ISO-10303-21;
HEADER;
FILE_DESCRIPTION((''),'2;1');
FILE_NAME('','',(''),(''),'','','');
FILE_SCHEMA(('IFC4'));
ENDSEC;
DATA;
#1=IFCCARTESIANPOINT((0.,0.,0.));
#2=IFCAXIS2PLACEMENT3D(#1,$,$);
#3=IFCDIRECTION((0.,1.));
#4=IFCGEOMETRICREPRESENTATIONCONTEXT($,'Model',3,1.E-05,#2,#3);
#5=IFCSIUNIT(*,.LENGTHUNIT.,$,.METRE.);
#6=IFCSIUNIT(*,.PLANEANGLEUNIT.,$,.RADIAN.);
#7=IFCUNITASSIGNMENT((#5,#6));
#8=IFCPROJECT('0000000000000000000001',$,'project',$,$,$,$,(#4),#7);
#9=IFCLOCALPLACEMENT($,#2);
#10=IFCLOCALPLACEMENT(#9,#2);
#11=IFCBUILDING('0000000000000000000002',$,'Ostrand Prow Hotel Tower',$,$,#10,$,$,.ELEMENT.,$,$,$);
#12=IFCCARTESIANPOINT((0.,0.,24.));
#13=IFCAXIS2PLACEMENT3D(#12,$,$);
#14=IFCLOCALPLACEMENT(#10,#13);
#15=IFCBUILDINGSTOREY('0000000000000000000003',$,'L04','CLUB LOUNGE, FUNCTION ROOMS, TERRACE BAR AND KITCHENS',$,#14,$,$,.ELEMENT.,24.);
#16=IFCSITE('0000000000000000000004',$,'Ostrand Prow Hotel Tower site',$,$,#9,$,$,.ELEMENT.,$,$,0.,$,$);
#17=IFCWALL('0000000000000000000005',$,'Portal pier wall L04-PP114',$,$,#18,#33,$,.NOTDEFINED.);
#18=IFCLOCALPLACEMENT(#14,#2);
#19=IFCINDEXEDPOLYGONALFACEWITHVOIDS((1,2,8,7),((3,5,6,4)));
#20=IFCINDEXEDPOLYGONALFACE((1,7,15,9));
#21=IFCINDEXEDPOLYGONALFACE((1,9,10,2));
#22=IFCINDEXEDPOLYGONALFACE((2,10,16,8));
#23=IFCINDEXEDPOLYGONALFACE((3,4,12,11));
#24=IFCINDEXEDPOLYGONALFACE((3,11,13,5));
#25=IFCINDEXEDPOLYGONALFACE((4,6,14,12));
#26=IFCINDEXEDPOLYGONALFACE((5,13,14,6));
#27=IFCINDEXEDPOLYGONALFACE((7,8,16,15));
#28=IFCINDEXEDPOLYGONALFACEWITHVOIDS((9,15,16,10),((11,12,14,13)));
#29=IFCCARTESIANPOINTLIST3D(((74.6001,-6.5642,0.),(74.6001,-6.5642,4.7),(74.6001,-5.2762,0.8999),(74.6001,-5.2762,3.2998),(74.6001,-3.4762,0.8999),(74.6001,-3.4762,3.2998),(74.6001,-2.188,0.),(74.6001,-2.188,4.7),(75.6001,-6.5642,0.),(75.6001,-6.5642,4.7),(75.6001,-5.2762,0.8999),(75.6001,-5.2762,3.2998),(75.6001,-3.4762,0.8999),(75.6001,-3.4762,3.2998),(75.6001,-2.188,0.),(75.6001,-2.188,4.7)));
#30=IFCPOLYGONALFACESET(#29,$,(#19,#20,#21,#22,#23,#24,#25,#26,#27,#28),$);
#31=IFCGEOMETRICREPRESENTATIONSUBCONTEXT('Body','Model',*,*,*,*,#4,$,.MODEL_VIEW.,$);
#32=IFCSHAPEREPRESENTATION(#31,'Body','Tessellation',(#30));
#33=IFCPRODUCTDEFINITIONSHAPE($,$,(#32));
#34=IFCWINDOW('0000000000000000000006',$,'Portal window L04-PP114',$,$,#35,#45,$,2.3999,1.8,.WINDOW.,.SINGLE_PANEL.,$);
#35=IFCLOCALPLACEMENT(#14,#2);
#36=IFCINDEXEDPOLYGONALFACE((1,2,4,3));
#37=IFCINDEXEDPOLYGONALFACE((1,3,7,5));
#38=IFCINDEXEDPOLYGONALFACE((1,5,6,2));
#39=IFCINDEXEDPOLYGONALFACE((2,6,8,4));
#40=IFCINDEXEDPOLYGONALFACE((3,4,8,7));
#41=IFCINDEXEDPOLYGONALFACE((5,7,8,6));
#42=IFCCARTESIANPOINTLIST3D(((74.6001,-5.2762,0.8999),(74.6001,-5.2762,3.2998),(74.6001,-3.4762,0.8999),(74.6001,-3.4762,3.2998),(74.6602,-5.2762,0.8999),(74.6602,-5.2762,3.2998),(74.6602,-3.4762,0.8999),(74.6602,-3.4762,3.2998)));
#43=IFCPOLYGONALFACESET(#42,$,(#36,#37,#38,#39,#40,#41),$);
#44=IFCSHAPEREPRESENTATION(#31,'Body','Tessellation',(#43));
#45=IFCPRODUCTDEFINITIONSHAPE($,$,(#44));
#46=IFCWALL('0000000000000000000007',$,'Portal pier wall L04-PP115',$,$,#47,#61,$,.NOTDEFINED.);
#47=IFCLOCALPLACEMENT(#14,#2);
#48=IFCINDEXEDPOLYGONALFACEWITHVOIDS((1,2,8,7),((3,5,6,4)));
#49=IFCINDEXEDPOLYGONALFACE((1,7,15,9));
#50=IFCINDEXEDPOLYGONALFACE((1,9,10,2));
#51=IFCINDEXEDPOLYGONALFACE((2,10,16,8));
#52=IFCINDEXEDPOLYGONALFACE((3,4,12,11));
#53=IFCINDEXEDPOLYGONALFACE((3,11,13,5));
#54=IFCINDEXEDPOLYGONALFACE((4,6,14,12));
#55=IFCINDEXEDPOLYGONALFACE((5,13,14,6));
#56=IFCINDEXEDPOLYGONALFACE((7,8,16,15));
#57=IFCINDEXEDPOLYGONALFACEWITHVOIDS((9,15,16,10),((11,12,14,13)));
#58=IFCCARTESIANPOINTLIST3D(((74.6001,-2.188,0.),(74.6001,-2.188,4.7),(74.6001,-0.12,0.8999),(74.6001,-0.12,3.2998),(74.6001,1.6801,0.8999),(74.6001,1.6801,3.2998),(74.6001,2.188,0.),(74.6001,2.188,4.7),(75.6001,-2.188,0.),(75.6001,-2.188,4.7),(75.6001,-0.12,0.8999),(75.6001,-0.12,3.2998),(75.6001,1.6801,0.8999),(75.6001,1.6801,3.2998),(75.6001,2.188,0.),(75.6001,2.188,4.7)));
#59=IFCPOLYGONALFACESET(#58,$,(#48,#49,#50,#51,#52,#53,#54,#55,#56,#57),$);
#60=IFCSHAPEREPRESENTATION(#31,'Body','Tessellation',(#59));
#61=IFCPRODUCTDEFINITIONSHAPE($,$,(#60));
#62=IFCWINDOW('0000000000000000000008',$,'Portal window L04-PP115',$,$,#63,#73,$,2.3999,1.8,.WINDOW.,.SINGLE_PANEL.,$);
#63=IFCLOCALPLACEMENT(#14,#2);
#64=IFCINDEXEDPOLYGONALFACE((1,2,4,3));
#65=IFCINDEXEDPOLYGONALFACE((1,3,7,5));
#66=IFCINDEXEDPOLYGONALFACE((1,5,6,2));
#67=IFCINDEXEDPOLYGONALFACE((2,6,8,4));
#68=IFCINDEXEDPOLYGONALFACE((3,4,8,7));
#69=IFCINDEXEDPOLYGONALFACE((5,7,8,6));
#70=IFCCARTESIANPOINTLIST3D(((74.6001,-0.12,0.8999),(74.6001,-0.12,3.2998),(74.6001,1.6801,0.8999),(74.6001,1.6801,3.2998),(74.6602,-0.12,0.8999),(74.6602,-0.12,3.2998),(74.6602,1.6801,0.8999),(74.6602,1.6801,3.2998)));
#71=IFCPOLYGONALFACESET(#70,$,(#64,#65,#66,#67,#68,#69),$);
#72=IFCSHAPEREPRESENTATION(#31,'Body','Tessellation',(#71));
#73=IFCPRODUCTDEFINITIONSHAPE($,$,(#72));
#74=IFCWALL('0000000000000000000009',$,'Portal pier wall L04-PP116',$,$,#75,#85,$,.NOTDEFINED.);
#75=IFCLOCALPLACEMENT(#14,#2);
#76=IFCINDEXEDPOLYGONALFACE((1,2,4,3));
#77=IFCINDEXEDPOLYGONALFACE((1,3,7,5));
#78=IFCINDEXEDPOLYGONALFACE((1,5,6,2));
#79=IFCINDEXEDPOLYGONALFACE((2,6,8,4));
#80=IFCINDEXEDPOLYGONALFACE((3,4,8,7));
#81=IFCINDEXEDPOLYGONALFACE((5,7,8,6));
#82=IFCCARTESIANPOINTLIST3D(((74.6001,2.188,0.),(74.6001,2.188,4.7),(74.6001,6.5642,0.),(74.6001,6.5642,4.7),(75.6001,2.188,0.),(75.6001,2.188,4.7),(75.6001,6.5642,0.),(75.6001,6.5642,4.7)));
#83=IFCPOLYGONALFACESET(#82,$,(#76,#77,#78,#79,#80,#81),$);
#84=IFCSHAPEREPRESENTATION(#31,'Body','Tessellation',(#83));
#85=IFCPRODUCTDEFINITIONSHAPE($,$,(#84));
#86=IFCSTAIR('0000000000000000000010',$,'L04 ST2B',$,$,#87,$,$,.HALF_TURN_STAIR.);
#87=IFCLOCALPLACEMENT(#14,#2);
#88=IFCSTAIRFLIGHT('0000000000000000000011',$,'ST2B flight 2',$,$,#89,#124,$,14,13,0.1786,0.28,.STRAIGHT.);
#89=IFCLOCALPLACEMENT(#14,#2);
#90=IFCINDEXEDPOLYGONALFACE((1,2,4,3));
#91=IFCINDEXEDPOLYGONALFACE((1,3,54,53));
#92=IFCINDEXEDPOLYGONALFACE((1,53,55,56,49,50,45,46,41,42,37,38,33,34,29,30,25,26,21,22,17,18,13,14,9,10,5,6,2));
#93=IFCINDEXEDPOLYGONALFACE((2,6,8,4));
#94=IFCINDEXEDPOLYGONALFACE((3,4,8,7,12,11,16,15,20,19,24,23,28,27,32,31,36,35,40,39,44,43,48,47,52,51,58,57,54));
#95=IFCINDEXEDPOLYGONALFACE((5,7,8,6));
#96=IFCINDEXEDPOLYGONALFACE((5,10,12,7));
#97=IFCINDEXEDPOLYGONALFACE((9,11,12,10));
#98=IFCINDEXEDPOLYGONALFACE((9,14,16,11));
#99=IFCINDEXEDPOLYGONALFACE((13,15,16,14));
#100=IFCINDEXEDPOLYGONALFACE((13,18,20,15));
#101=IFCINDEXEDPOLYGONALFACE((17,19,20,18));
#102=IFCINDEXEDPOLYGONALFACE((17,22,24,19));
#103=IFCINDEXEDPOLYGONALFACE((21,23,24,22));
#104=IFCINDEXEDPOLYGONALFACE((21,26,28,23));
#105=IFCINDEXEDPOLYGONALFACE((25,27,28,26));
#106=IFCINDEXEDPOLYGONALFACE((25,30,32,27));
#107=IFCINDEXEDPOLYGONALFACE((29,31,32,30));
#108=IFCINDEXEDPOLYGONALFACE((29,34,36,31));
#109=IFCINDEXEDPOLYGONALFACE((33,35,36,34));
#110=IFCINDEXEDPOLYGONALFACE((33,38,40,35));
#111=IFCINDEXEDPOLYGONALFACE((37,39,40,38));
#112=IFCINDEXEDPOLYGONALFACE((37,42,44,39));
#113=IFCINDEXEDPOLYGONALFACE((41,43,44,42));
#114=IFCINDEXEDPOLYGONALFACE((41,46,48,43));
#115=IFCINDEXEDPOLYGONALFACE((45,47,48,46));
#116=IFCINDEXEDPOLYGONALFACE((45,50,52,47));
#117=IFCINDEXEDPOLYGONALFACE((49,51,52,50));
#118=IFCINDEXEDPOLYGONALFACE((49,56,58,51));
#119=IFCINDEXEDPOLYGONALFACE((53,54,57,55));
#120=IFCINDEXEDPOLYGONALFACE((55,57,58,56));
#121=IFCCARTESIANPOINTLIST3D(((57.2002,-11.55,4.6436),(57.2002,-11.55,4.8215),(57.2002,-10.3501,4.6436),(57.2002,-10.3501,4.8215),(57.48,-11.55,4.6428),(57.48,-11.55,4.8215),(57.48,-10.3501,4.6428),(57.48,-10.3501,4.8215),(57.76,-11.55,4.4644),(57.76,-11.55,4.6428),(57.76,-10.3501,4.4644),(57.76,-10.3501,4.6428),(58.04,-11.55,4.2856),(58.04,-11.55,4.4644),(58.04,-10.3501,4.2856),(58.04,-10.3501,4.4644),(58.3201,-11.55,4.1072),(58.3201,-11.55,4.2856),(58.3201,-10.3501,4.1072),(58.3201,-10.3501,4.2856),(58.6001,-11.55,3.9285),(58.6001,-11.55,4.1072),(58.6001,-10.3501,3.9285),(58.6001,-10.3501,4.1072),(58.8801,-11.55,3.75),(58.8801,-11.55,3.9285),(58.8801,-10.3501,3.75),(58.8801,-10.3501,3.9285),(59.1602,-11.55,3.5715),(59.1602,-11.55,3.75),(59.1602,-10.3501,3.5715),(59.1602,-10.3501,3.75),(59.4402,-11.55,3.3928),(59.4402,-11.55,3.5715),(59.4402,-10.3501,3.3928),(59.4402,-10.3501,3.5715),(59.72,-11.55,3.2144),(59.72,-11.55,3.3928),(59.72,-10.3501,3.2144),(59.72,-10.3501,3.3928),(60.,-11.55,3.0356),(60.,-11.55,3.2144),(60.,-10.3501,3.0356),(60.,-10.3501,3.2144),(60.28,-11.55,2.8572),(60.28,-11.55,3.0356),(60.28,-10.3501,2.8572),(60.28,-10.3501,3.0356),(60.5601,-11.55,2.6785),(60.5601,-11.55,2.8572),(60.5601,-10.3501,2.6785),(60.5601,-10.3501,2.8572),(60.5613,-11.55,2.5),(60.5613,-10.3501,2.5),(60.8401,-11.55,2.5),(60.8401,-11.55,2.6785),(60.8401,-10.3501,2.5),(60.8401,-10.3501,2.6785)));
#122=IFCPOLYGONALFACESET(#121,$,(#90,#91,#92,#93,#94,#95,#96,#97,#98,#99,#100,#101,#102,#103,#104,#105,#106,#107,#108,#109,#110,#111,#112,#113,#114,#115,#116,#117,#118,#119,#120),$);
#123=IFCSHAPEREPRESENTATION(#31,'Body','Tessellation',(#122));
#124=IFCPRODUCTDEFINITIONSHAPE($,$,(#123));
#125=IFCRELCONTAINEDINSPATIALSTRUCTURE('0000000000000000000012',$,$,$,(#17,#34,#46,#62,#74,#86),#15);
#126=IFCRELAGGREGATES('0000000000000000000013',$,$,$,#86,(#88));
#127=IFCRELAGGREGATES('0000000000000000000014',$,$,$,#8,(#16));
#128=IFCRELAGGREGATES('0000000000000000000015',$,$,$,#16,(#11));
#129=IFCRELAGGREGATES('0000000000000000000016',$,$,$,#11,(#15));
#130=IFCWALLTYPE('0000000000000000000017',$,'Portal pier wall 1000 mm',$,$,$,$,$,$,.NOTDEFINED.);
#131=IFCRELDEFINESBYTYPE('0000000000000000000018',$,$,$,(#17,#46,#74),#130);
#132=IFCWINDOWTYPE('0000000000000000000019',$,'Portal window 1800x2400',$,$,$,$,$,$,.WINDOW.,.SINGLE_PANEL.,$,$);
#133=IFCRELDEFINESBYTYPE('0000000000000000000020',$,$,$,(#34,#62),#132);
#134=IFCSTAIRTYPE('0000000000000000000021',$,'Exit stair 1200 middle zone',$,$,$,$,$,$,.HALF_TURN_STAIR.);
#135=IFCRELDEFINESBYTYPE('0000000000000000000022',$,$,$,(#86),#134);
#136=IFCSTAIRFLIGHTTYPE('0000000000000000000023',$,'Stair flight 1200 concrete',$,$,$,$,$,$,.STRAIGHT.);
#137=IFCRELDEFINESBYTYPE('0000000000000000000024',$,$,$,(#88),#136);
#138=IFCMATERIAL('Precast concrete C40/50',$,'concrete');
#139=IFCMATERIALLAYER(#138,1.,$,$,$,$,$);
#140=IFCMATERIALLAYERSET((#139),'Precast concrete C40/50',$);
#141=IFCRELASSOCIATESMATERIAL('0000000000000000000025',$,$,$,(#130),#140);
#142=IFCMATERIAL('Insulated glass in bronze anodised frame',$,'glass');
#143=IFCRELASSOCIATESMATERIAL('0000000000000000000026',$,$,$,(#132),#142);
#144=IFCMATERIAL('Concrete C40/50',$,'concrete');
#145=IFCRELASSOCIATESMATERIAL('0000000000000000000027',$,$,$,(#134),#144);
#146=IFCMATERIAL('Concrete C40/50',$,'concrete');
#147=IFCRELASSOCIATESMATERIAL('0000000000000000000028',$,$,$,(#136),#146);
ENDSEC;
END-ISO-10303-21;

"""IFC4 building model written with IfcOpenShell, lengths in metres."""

from ifc_helpers import new_model, si_unit, direction, frame, frame_2d, origin, place, context, subcontext, project, spatial, polyline, rectangle, outline, extrude, material, layer, layer_set, type_object, element, fill, aggregate, save


model = new_model("IFC4")

# Units and contexts
model_context = context("Model", 3, precision=1e-05, world=origin(), true_north=direction((0.0, 1.0)))
body_context = subcontext(model_context, "Body", "Model", "MODEL_VIEW")
ifc_project = project(units=[si_unit("LENGTHUNIT", "METRE"), si_unit("PLANEANGLEUNIT", "RADIAN")], contexts=[model_context])

# Site, building, storey
site_placement = place(None, origin())
site = spatial("IfcSite", under=ifc_project, at=site_placement, Name="Ostrand Prow Hotel Tower site", CompositionType="ELEMENT", RefElevation=0.0)
building_placement = place(site_placement, origin())
building = spatial("IfcBuilding", under=site, at=building_placement, Name="Ostrand Prow Hotel Tower", CompositionType="ELEMENT")
storey_placement = place(building_placement, frame((0.0, 0.0, 24.0)))
storey = spatial("IfcBuildingStorey", under=building, at=storey_placement, Name="L04", Description="CLUB LOUNGE, FUNCTION ROOMS, TERRACE BAR AND KITCHENS", CompositionType="ELEMENT", Elevation=24.0)

# Walls, openings, windows
ifc_material_1 = material(Name="Precast concrete C40/50", Category="concrete")
ifc_layer_1 = layer(ifc_material_1, 1.0)
ifc_layer_set_1 = layer_set([ifc_layer_1], Name="Precast concrete C40/50")
wall_type_1 = type_object("IfcWallType", Name="Portal pier wall 1000 mm", PredefinedType="NOTDEFINED", material=ifc_layer_set_1)
ifc_material_2 = material(Name="Insulated glass in bronze anodised frame", Category="glass")
window_type = type_object("IfcWindowType", Name="Portal window 1800x2400", PartitioningType="SINGLE_PANEL", PredefinedType="WINDOW", material=ifc_material_2)
wall_1_placement = place(storey_placement, frame((75.1001, -6.5642, 0.0), z_axis=(0.0, 0.0, 1.0), x_axis=(0.0, 1.0, 0.0)))
wall_1 = element("IfcWall", 1, at=wall_1_placement, inside=storey, type_object=wall_type_1, Name="Portal pier wall L04-PP114", PredefinedType="NOTDEFINED", context=body_context, shape_type="SweptSolid", body=[
    extrude(outline(polyline([(0.0, -0.5), (4.3762, -0.5), (4.3762, 0.5), (0.0, 0.5), (0.0, -0.5)])), origin(), (0.0, 0.0, 1.0), 4.7),
])
opening_1_placement = place(wall_1_placement, frame((1.2881, 0.0, 0.8999)))
opening_1 = element("IfcOpeningElement", 2, at=opening_1_placement, cuts=wall_1, PredefinedType="OPENING", context=body_context, shape_type="SweptSolid", body=[
    extrude(rectangle(XDim=1.8, YDim=2.3999, at=frame_2d((0.8999, 1.2))), frame((0.0, 0.51, 0.0), z_axis=(0.0, -1.0, 0.0), x_axis=(1.0, 0.0, 0.0)), (0.0, 0.0, 1.0), 1.02),
])
window_1_placement = place(opening_1_placement, origin())
window_1 = element("IfcWindow", 3, at=window_1_placement, inside=storey, type_object=window_type, Name="Portal window L04-PP114", OverallHeight=2.3999, OverallWidth=1.8, PartitioningType="SINGLE_PANEL", PredefinedType="WINDOW", context=body_context, shape_type="SweptSolid", body=[
    extrude(rectangle(XDim=1.8, YDim=2.3999, at=frame_2d((0.8999, 1.2))), frame((0.0, 0.5, 0.0), z_axis=(0.0, -1.0, 0.0), x_axis=(1.0, 0.0, 0.0)), (0.0, 0.0, 1.0), 0.0601),
])
fill(opening_1, window_1)
wall_2_placement = place(storey_placement, frame((75.1001, -2.188, 0.0), z_axis=(0.0, 0.0, 1.0), x_axis=(0.0, 1.0, 0.0)))
wall_2 = element("IfcWall", 4, at=wall_2_placement, inside=storey, type_object=wall_type_1, Name="Portal pier wall L04-PP115", PredefinedType="NOTDEFINED", context=body_context, shape_type="SweptSolid", body=[
    extrude(outline(polyline([(0.0, -0.5), (4.376, -0.5), (4.376, 0.5), (0.0, 0.5), (0.0, -0.5)])), origin(), (0.0, 0.0, 1.0), 4.7),
])
opening_2_placement = place(wall_2_placement, frame((2.0681, 0.0, 0.8999)))
opening_2 = element("IfcOpeningElement", 5, at=opening_2_placement, cuts=wall_2, PredefinedType="OPENING", context=body_context, shape_type="SweptSolid", body=[
    extrude(rectangle(XDim=1.8, YDim=2.3999, at=frame_2d((0.8999, 1.2))), frame((0.0, 0.51, 0.0), z_axis=(0.0, -1.0, 0.0), x_axis=(1.0, 0.0, 0.0)), (0.0, 0.0, 1.0), 1.02),
])
window_2_placement = place(opening_2_placement, origin())
window_2 = element("IfcWindow", 6, at=window_2_placement, inside=storey, type_object=window_type, Name="Portal window L04-PP115", OverallHeight=2.3999, OverallWidth=1.8, PartitioningType="SINGLE_PANEL", PredefinedType="WINDOW", context=body_context, shape_type="SweptSolid", body=[
    extrude(rectangle(XDim=1.8, YDim=2.3999, at=frame_2d((0.8999, 1.2))), frame((0.0, 0.5, 0.0), z_axis=(0.0, -1.0, 0.0), x_axis=(1.0, 0.0, 0.0)), (0.0, 0.0, 1.0), 0.0601),
])
fill(opening_2, window_2)

# Wall
wall_3_placement = place(storey_placement, frame((75.1001, 2.188, 0.0), z_axis=(0.0, 0.0, 1.0), x_axis=(0.0, 1.0, 0.0)))
element("IfcWall", 7, at=wall_3_placement, inside=storey, type_object=wall_type_1, Name="Portal pier wall L04-PP116", PredefinedType="NOTDEFINED", context=body_context, shape_type="SweptSolid", body=[
    extrude(outline(polyline([(0.0, -0.5), (4.3762, -0.5), (4.3762, 0.5), (0.0, 0.5), (0.0, -0.5)])), origin(), (0.0, 0.0, 1.0), 4.7),
])

# Stair, stair flight
ifc_material_3 = material(Name="Concrete C40/50", Category="concrete")
stair_type = type_object("IfcStairType", Name="Exit stair 1200 middle zone", PredefinedType="HALF_TURN_STAIR", material=ifc_material_3)
stair_placement = place(storey_placement, origin())
stair = element("IfcStair", 8, at=stair_placement, inside=storey, type_object=stair_type, Name="L04 ST2B", PredefinedType="HALF_TURN_STAIR")
ifc_material_4 = material(Name="Concrete C40/50", Category="concrete")
stair_flight_type = type_object("IfcStairFlightType", Name="Stair flight 1200 concrete", PredefinedType="STRAIGHT", material=ifc_material_4)
stair_flight_placement = place(storey_placement, frame((60.8401, -10.95, 2.5), z_axis=(0.0, 0.0, 1.0), x_axis=(-1.0, 0.0, 0.0)))
stair_flight = element("IfcStairFlight", 9, at=stair_flight_placement, type_object=stair_flight_type, Name="ST2B flight 2", NumberOfRisers=14, NumberOfTreads=13, PredefinedType="STRAIGHT", RiserHeight=0.1786, TreadLength=0.28, context=body_context, shape_type="SweptSolid", body=[
    extrude(outline(polyline([(0.0, 0.0), (0.0, 0.1785), (0.28, 0.1785), (0.28, 0.3572), (0.5601, 0.3572), (0.5601, 0.5356), (0.8401, 0.5356), (0.8401, 0.7144), (1.1201, 0.7144), (1.1201, 0.8928), (1.3999, 0.8928), (1.3999, 1.0715), (1.6799, 1.0715), (1.6799, 1.25), (1.96, 1.25), (1.96, 1.4285), (2.24, 1.4285), (2.24, 1.6072), (2.52, 1.6072), (2.52, 1.7856), (2.8, 1.7856), (2.8, 1.9644), (3.0801, 1.9644), (3.0801, 2.1428), (3.3601, 2.1428), (3.3601, 2.3215), (3.6399, 2.3215), (3.6399, 2.5), (3.6399, 2.1436), (0.2788, 0.0), (0.0, 0.0)])), frame((0.0, 0.6001, 0.0), z_axis=(0.0, -1.0, 0.0), x_axis=(1.0, 0.0, 0.0)), (0.0, 0.0, 1.0), 1.2),
])
aggregate(stair, [stair_flight])

save(model, "model.ifc")
